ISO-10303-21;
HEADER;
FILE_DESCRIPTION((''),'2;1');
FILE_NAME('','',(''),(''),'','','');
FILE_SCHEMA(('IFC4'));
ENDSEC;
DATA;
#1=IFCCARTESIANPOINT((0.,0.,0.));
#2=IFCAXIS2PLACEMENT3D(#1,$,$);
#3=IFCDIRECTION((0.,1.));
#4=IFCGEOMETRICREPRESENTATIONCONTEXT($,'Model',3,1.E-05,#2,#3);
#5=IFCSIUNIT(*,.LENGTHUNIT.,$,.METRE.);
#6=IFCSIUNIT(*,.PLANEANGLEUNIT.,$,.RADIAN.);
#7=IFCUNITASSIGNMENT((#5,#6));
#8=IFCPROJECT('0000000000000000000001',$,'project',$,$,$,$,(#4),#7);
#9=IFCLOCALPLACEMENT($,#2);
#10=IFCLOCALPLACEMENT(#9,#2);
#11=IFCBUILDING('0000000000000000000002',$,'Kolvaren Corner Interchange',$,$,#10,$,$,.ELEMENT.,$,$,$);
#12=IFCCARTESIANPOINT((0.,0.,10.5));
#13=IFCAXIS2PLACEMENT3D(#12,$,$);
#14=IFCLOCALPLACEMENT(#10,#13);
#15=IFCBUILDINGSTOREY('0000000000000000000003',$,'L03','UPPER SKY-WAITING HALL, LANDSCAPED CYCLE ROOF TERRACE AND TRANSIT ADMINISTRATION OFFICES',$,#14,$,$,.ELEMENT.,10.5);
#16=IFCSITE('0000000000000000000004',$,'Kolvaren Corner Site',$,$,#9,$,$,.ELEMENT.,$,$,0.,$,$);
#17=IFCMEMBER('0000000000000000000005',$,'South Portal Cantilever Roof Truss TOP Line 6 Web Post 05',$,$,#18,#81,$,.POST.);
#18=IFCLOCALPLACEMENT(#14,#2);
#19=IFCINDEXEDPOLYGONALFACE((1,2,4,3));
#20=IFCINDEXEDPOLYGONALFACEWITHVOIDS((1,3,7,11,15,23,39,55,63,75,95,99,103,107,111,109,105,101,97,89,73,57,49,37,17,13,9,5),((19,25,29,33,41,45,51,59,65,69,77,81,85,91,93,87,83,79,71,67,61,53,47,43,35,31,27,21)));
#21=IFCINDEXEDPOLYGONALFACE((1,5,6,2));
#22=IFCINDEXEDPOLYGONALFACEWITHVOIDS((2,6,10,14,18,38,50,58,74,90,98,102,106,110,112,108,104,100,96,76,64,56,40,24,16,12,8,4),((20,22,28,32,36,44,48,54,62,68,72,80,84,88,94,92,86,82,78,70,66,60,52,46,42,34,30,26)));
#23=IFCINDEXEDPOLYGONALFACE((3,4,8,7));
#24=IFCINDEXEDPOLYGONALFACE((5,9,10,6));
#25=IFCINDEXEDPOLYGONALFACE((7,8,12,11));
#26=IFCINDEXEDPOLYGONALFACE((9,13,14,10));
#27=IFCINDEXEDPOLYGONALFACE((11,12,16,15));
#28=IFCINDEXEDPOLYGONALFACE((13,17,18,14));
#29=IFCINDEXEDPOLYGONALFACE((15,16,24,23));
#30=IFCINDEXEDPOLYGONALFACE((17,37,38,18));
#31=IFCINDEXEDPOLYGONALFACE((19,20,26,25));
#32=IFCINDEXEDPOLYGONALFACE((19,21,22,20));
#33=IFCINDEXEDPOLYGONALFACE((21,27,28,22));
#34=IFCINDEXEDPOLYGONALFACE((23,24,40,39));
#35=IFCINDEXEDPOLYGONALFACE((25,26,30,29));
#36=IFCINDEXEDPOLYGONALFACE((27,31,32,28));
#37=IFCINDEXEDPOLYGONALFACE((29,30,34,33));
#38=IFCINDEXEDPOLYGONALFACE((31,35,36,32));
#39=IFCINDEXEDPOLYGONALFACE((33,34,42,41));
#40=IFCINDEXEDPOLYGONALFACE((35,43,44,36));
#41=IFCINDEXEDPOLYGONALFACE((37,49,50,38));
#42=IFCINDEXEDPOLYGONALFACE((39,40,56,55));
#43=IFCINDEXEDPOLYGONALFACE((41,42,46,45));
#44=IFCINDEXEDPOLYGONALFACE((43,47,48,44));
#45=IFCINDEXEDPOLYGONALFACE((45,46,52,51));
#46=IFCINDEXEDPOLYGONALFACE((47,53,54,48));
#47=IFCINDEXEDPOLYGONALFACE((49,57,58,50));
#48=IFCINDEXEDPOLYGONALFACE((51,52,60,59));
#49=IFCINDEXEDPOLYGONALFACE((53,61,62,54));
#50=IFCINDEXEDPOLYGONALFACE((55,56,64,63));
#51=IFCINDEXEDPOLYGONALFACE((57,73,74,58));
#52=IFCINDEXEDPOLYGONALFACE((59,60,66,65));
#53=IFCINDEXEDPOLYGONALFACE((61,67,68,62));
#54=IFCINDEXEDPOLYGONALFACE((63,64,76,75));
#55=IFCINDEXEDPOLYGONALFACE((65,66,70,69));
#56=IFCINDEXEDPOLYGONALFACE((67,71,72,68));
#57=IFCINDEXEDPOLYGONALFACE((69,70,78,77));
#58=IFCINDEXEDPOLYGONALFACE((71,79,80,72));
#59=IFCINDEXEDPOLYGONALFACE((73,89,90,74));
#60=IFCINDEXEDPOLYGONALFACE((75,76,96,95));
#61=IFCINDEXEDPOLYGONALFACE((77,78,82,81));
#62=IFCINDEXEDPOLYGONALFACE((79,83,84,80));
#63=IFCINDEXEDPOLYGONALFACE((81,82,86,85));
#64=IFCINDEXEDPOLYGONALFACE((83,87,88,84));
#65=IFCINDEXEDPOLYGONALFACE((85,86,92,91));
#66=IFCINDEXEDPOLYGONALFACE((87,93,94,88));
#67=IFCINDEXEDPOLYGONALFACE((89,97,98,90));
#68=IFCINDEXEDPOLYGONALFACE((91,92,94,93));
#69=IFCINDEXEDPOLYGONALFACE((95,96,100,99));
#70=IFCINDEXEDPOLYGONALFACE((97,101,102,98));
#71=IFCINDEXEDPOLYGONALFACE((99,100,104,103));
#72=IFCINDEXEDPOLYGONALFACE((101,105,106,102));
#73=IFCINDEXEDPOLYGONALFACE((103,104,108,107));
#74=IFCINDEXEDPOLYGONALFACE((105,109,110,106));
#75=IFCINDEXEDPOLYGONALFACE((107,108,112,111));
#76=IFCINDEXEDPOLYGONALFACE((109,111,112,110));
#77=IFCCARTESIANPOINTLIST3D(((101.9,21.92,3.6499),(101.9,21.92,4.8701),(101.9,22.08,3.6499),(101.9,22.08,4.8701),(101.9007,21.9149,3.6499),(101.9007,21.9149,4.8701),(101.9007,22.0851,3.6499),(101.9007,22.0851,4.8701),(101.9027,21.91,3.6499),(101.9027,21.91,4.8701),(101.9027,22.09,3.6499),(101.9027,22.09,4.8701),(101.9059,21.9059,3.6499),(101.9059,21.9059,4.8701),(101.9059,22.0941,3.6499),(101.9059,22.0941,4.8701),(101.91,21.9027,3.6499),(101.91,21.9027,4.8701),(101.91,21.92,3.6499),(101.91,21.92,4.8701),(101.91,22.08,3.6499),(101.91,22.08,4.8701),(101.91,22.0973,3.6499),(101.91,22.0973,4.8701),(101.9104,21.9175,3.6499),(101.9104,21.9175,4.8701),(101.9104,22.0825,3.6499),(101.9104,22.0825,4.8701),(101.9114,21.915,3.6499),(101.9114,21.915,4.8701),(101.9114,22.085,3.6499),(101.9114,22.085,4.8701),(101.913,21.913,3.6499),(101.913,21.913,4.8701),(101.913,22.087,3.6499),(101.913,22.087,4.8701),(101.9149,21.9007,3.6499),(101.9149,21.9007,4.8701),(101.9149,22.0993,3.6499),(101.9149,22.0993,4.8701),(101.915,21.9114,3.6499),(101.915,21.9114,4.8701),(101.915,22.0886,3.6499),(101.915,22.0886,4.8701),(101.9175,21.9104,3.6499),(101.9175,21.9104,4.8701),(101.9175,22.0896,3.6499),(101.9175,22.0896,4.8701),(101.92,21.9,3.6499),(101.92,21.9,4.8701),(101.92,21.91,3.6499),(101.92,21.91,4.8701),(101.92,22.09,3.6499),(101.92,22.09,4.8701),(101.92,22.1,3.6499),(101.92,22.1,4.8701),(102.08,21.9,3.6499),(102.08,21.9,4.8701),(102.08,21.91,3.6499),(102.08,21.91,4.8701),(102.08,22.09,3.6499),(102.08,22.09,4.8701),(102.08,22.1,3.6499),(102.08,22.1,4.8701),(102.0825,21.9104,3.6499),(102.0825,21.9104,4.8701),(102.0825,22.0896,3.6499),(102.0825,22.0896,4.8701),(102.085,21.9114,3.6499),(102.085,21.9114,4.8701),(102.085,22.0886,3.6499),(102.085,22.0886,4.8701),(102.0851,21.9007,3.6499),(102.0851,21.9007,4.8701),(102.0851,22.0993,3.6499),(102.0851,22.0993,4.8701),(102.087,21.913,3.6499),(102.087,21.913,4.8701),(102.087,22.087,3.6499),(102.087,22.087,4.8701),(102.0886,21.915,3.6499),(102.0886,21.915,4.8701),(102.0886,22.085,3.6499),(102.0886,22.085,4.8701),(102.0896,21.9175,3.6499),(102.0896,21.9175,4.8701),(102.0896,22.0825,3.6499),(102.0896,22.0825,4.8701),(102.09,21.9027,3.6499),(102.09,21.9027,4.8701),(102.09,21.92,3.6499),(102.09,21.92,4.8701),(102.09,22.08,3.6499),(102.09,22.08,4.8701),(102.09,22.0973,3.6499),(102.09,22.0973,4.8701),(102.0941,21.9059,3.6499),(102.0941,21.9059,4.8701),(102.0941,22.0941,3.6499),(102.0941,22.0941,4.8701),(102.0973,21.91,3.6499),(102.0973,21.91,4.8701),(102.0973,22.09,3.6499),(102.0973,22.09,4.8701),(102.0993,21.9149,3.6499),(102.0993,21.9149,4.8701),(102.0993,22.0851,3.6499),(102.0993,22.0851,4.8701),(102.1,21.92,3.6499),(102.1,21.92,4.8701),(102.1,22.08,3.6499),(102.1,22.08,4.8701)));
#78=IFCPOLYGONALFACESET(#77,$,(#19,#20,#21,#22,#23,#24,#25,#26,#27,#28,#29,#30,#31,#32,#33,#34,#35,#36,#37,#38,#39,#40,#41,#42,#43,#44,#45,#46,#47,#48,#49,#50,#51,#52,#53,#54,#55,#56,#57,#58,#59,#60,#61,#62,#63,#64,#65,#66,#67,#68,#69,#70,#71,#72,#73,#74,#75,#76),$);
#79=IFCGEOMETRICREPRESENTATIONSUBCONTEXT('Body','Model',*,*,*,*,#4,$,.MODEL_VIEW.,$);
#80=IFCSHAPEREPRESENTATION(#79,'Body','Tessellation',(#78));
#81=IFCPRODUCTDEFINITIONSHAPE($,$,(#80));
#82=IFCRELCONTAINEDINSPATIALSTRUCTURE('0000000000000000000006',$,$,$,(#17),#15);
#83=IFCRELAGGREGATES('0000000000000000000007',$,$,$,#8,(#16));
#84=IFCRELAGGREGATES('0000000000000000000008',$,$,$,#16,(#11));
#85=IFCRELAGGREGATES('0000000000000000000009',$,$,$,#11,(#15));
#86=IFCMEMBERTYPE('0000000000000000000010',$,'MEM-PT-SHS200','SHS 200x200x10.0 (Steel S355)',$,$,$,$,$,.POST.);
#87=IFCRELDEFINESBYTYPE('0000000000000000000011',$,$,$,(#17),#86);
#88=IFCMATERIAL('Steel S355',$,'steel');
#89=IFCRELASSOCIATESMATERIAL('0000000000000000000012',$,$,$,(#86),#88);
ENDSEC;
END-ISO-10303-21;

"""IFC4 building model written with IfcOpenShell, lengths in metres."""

from ifc_helpers import new_model, si_unit, direction, frame, origin, origin_2d, place, context, subcontext, project, spatial, hollow_rectangle, extrude, material, material_profile, profile_set, type_object, element, save


model = new_model("IFC4")

# Units and contexts
model_context = context("Model", 3, precision=1e-05, world=origin(), true_north=direction((0.0, 1.0)))
body_context = subcontext(model_context, "Body", "Model", "MODEL_VIEW")
ifc_project = project(units=[si_unit("LENGTHUNIT", "METRE"), si_unit("PLANEANGLEUNIT", "RADIAN")], contexts=[model_context])

# Site, building, storey
site_placement = place(None, origin())
site = spatial("IfcSite", under=ifc_project, at=site_placement, Name="Kolvaren Corner Site", CompositionType="ELEMENT", RefElevation=0.0)
building_placement = place(site_placement, origin())
building = spatial("IfcBuilding", under=site, at=building_placement, Name="Kolvaren Corner Interchange", CompositionType="ELEMENT")
storey_placement = place(building_placement, frame((0.0, 0.0, 10.5)))
storey = spatial("IfcBuildingStorey", under=building, at=storey_placement, Name="L03", Description="UPPER SKY-WAITING HALL, LANDSCAPED CYCLE ROOF TERRACE AND TRANSIT ADMINISTRATION OFFICES", CompositionType="ELEMENT", Elevation=10.5)

# Member
ifc_material_1 = material(Name="Steel S355", Category="steel")
ifc_material_profile_1 = material_profile(ifc_material_1, hollow_rectangle(XDim=0.2, YDim=0.2, WallThickness=0.01, InnerFilletRadius=0.01, OuterFilletRadius=0.02, at=origin_2d()), Name="SHS 200x200x10.0")
ifc_profile_set_1 = profile_set([ifc_material_profile_1], Name="Steel S355")
member_type_1 = type_object("IfcMemberType", Name="MEM-PT-SHS200", Description="SHS 200x200x10.0 (Steel S355)", PredefinedType="POST", material=ifc_profile_set_1)
for number, where, z_axis, x_axis, name in (
    (1, (102.0, 22.0, 3.6499), (0.0, 0.0, 1.0), (1.0, 0.0, 0.0), "South Portal Cantilever Roof Truss TOP Line 6 Web Post 05"),
):
    element("IfcMember", number, at=place(storey_placement, frame(where, z_axis=z_axis, x_axis=x_axis)), inside=storey, type_object=member_type_1, Name=name, PredefinedType="POST", context=body_context, shape_type="SweptSolid", body=[
        extrude(hollow_rectangle(XDim=0.2, YDim=0.2, WallThickness=0.01, InnerFilletRadius=0.01, OuterFilletRadius=0.02, at=origin_2d()), origin(), (0.0, 0.0, 1.0), 1.2202),
    ])

save(model, "model.ifc")
